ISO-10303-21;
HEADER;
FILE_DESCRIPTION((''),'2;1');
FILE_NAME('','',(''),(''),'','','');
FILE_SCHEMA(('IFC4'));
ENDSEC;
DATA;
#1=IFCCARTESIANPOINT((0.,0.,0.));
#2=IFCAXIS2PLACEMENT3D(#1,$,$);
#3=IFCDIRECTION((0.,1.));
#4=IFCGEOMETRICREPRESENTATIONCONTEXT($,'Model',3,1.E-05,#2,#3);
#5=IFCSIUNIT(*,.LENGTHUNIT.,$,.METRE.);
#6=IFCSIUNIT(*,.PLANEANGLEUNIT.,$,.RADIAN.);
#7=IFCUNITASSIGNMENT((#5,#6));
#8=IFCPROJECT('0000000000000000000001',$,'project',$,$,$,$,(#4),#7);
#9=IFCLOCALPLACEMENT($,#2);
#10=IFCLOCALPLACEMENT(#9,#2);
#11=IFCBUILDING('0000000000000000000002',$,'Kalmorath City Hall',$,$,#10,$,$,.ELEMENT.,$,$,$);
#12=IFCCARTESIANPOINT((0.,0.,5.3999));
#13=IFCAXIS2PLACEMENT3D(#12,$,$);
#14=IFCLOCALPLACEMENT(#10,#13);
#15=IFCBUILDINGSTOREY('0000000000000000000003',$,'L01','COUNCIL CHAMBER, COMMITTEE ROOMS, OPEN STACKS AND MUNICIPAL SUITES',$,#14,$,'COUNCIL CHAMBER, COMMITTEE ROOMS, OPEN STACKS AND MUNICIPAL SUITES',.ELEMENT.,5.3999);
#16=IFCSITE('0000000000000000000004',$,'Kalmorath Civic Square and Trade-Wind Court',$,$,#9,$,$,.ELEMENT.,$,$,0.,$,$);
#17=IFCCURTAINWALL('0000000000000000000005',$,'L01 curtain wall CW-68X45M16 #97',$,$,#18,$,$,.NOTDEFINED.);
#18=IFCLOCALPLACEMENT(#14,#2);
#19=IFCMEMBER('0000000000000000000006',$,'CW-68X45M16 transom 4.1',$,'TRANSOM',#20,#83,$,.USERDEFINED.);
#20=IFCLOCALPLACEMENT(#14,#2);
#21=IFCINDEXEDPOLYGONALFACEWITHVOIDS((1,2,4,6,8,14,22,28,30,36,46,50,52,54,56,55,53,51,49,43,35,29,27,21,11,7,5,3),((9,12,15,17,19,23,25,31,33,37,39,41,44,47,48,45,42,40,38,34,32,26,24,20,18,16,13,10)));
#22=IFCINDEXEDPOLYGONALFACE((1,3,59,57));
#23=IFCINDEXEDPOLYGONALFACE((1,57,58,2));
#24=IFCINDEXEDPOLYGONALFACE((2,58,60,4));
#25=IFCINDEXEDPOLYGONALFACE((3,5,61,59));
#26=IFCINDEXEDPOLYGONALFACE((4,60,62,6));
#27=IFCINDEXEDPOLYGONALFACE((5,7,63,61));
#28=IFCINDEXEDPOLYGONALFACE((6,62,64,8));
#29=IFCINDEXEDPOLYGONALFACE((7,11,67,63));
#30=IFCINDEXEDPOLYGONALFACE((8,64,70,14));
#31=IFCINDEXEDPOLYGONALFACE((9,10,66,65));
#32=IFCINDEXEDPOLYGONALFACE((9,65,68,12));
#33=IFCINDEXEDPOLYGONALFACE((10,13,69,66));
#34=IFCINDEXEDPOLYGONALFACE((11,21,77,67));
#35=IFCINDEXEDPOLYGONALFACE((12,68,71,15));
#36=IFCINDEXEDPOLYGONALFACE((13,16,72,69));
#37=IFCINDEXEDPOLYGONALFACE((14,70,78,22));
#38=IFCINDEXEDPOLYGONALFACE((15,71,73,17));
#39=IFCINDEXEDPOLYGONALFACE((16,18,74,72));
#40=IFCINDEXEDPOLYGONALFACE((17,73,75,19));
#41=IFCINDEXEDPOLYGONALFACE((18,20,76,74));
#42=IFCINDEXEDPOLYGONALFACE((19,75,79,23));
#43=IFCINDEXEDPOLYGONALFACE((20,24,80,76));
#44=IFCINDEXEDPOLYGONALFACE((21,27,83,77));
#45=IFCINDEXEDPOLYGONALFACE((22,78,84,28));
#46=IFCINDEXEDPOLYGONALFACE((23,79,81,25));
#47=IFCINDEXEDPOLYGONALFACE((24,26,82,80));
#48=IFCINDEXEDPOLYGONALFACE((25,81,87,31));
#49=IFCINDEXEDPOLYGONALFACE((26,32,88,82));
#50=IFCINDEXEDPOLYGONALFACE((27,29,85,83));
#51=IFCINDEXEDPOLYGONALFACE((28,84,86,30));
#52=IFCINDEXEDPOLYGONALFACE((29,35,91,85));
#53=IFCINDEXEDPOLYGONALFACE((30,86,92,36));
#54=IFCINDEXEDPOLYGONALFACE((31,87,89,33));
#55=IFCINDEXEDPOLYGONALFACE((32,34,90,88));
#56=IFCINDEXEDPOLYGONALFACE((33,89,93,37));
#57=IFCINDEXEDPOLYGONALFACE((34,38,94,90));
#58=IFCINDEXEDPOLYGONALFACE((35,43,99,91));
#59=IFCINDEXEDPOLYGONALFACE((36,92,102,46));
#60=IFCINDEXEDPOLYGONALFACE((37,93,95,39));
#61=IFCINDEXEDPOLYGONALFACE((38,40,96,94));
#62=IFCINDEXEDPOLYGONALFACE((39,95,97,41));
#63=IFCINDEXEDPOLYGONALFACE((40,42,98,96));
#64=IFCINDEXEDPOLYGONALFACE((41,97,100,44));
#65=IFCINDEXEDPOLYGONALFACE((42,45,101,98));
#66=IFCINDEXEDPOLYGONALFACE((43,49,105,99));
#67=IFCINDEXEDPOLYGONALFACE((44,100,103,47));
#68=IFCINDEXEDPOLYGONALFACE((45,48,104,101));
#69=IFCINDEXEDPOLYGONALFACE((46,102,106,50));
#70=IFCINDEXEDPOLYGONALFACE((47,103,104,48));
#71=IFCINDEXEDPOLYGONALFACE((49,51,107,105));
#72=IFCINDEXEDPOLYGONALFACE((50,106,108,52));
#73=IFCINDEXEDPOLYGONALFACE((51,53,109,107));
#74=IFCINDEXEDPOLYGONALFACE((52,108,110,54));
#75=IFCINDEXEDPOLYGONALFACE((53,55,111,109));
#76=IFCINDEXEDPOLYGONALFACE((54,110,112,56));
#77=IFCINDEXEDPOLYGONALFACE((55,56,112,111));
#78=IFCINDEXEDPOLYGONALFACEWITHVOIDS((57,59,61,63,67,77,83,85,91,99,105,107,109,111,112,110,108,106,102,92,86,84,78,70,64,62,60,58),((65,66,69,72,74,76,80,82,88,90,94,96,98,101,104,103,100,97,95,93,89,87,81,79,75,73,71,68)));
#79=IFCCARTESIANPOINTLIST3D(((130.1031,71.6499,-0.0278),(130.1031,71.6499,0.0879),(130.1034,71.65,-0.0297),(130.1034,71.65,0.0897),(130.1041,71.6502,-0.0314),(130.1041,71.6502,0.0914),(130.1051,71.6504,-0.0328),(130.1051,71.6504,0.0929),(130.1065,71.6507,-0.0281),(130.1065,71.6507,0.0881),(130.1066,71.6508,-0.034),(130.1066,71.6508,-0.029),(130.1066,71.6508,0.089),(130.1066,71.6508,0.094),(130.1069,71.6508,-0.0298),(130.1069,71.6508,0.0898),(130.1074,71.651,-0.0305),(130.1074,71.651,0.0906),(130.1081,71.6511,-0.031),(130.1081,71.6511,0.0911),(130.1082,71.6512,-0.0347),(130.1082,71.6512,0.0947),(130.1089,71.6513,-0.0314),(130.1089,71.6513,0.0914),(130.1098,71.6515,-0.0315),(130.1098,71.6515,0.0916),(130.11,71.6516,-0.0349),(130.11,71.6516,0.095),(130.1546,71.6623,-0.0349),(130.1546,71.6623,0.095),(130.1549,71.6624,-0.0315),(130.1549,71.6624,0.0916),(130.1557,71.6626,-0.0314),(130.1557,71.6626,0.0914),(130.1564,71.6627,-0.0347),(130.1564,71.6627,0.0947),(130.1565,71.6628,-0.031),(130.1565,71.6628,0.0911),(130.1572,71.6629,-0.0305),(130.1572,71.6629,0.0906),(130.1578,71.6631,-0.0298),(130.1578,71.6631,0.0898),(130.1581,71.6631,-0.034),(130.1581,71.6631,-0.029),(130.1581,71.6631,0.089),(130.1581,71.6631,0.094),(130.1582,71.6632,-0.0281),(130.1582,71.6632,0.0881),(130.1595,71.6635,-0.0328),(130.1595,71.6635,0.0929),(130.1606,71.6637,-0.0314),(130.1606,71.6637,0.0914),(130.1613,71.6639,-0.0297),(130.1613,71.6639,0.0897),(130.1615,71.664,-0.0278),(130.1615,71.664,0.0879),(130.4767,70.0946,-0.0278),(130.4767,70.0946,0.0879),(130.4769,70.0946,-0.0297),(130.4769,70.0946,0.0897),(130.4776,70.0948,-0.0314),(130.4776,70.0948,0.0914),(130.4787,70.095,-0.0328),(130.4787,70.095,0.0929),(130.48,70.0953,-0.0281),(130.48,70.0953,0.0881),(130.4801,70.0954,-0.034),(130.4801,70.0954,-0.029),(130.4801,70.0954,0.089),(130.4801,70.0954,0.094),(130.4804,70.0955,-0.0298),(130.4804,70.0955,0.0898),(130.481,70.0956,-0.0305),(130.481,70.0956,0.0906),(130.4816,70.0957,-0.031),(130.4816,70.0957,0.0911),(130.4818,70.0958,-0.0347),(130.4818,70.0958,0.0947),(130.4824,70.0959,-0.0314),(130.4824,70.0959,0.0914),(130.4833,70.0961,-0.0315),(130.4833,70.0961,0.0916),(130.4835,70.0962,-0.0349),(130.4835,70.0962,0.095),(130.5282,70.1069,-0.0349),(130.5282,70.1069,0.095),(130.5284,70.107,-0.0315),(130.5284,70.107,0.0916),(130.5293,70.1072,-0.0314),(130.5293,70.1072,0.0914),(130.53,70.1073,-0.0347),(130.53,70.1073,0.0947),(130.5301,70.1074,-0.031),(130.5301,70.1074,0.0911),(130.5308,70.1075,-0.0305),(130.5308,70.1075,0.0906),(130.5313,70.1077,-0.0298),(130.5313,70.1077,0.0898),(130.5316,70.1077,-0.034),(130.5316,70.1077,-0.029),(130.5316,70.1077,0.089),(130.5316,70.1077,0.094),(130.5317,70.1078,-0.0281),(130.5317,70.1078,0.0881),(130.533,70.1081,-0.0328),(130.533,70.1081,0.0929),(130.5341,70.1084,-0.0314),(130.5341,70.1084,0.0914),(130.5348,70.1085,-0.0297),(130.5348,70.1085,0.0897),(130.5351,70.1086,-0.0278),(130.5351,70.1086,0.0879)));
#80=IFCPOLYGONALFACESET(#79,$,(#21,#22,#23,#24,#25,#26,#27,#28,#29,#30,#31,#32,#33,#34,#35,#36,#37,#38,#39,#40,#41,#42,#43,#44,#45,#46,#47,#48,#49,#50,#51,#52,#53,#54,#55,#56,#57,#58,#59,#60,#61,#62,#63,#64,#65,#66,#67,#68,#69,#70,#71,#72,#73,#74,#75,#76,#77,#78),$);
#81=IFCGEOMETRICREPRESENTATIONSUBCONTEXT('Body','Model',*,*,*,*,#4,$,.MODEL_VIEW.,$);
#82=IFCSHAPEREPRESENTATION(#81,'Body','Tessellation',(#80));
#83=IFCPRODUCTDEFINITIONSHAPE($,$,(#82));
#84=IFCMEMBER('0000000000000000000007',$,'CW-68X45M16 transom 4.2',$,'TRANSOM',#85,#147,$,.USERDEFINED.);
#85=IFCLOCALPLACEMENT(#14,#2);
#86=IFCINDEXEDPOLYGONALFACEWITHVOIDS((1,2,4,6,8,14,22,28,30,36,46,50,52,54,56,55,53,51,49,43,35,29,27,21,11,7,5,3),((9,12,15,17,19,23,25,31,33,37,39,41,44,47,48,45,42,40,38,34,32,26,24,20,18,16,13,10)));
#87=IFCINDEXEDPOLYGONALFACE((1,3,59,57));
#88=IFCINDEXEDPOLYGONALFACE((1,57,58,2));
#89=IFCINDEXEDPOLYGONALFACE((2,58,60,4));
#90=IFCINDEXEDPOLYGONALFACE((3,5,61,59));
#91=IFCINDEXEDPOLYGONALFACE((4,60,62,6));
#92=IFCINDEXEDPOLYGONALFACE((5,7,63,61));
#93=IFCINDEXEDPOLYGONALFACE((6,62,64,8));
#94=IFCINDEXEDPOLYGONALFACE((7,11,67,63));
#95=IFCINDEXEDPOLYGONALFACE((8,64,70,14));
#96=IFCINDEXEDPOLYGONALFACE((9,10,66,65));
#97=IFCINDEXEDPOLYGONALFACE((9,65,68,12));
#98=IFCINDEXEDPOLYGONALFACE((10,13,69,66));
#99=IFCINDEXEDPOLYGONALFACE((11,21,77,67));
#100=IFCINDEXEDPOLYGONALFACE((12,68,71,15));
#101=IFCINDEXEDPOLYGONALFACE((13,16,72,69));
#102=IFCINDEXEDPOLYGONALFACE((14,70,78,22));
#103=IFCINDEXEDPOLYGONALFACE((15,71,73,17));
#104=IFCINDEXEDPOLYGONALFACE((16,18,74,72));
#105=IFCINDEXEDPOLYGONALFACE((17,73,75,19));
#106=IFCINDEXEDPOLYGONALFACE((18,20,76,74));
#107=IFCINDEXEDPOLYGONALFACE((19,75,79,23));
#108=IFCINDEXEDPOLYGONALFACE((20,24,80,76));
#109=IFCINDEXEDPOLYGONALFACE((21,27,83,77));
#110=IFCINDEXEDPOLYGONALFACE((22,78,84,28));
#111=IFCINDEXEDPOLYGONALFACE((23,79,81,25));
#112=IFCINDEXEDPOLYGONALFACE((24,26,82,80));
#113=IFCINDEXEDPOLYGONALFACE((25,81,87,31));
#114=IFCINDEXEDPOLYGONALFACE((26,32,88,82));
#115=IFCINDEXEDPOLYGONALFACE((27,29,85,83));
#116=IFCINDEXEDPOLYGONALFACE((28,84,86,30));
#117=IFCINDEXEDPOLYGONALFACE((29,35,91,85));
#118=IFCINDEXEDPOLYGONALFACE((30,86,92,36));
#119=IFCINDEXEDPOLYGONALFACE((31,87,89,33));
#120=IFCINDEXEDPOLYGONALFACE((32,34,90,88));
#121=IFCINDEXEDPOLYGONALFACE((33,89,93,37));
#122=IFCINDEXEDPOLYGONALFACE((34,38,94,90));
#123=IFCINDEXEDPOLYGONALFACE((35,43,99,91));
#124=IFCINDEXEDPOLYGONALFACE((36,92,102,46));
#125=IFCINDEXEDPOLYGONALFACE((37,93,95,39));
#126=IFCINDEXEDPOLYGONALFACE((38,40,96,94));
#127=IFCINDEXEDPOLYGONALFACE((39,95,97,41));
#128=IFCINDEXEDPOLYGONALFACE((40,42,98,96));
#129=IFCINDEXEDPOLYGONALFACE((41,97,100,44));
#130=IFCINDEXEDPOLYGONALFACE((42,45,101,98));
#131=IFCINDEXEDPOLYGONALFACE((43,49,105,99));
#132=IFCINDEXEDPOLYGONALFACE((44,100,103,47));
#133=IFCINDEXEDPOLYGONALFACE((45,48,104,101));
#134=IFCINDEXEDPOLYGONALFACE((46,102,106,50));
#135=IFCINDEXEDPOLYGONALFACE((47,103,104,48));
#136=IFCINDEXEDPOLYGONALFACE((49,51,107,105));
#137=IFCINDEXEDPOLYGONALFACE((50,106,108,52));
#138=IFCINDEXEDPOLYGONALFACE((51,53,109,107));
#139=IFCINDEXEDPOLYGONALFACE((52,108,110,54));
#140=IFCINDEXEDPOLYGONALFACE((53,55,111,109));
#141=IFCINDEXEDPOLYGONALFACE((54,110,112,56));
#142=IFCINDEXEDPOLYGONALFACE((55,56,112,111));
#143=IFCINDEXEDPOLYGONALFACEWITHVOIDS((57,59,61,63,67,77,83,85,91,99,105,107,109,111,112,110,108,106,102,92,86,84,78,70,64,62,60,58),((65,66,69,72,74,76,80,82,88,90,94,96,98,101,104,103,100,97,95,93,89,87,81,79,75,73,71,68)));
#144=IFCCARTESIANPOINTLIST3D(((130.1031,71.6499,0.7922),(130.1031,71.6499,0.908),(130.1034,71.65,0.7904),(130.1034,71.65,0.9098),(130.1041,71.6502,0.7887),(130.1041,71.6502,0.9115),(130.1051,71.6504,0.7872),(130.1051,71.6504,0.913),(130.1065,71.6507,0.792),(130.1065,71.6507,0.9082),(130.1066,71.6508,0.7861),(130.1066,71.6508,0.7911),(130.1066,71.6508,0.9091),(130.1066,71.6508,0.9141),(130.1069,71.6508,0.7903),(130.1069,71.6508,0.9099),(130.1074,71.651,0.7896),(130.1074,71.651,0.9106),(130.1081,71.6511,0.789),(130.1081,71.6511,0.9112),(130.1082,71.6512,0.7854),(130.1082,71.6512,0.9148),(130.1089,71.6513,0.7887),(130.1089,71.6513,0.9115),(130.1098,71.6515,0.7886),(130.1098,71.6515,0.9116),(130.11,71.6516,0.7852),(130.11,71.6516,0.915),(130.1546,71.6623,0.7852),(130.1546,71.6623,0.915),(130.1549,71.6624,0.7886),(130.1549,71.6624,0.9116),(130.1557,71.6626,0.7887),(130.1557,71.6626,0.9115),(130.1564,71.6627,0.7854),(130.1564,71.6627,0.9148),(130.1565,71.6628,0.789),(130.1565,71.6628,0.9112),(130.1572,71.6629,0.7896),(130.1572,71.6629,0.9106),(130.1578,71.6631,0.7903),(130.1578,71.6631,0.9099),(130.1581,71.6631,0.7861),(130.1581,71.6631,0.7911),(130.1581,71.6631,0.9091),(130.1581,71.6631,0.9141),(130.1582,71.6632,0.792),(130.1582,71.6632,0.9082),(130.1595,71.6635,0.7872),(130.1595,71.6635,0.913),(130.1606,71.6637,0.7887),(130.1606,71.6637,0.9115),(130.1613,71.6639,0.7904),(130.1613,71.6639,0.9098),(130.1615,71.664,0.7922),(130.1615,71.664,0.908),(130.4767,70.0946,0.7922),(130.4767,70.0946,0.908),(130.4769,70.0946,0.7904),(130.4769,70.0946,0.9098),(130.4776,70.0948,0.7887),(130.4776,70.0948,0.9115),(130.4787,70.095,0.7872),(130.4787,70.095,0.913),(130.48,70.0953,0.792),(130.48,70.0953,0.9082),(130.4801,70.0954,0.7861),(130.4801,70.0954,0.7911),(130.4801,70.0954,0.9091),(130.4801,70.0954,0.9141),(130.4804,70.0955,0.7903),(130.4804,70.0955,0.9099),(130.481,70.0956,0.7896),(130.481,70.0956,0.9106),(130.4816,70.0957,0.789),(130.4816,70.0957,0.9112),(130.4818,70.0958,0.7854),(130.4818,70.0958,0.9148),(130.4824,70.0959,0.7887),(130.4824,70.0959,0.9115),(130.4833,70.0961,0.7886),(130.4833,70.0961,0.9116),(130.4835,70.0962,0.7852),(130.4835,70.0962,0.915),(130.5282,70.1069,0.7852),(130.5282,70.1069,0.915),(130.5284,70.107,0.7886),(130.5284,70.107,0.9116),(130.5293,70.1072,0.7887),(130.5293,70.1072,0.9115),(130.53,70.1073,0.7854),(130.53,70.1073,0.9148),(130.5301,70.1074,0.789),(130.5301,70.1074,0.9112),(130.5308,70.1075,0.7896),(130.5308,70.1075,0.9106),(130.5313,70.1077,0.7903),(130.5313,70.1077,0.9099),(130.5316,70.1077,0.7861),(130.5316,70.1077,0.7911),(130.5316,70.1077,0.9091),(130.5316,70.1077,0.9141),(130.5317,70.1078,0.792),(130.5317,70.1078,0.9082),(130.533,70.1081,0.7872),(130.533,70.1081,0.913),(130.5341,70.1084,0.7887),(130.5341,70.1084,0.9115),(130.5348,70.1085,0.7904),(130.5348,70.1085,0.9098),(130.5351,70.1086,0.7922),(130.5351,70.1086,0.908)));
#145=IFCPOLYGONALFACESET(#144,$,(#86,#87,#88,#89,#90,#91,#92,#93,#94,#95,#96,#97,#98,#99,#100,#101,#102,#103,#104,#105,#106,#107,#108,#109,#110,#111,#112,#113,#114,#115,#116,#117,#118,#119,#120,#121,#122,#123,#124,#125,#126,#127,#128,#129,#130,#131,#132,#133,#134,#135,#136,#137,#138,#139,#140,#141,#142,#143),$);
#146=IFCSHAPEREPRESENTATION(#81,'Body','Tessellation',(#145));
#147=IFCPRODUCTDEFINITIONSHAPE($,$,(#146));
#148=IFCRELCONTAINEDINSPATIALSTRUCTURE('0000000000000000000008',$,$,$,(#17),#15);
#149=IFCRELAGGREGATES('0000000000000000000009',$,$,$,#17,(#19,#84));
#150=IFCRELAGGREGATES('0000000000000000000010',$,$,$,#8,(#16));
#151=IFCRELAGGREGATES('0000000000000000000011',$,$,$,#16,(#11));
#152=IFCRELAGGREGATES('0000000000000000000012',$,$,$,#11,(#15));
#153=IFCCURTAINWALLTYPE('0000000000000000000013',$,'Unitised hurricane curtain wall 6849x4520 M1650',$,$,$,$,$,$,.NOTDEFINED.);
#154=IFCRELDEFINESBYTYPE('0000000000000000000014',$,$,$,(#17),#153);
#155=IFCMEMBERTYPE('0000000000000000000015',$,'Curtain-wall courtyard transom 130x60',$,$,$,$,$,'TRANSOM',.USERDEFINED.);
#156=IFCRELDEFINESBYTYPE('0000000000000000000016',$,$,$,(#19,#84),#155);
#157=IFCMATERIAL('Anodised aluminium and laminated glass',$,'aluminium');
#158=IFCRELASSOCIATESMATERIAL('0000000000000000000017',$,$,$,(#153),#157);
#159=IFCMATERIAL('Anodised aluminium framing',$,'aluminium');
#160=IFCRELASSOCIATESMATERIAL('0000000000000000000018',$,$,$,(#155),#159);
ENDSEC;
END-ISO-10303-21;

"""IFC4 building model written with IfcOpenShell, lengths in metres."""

from ifc_helpers import new_model, si_unit, direction, frame, origin, origin_2d, place, context, subcontext, project, spatial, hollow_rectangle, extrude, material, material_profile, profile_set, type_object, element, aggregate, save


model = new_model("IFC4")

# Units and contexts
model_context = context("Model", 3, precision=1e-05, world=origin(), true_north=direction((0.0, 1.0)))
body_context = subcontext(model_context, "Body", "Model", "MODEL_VIEW")
ifc_project = project(units=[si_unit("LENGTHUNIT", "METRE"), si_unit("PLANEANGLEUNIT", "RADIAN")], contexts=[model_context])

# Site, building, storey
site_placement = place(None, origin())
site = spatial("IfcSite", under=ifc_project, at=site_placement, Name="Kalmorath Civic Square and Trade-Wind Court", CompositionType="ELEMENT", RefElevation=0.0)
building_placement = place(site_placement, origin())
building = spatial("IfcBuilding", under=site, at=building_placement, Name="Kalmorath City Hall", CompositionType="ELEMENT")
storey_placement = place(building_placement, frame((0.0, 0.0, 5.3999)))
storey = spatial("IfcBuildingStorey", under=building, at=storey_placement, Name="L01", Description="COUNCIL CHAMBER, COMMITTEE ROOMS, OPEN STACKS AND MUNICIPAL SUITES", LongName="COUNCIL CHAMBER, COMMITTEE ROOMS, OPEN STACKS AND MUNICIPAL SUITES", CompositionType="ELEMENT", Elevation=5.3999)

# Curtain wall, members
ifc_material_1 = material(Name="Anodised aluminium and laminated glass", Category="aluminium")
curtain_wall_type = type_object("IfcCurtainWallType", Name="Unitised hurricane curtain wall 6849x4520 M1650", PredefinedType="NOTDEFINED", material=ifc_material_1)
curtain_wall_1_placement = place(storey_placement, origin())
curtain_wall_1 = element("IfcCurtainWall", 1, at=curtain_wall_1_placement, inside=storey, type_object=curtain_wall_type, Name="L01 curtain wall CW-68X45M16 #97", PredefinedType="NOTDEFINED")
ifc_material_2 = material(Name="Anodised aluminium framing", Category="aluminium")
ifc_material_profile_1 = material_profile(ifc_material_2, hollow_rectangle(XDim=0.0601, YDim=0.1299, WallThickness=0.0034, InnerFilletRadius=0.0034, OuterFilletRadius=0.0071, at=origin_2d()), Name="ALU-TRN-130X60X3.5")
ifc_profile_set_1 = profile_set([ifc_material_profile_1], Name="Anodised aluminium framing")
member_type_1 = type_object("IfcMemberType", Name="Curtain-wall courtyard transom 130x60", ElementType="TRANSOM", PredefinedType="USERDEFINED", material=ifc_profile_set_1)
member_1_placement = place(storey_placement, frame((130.5059, 70.1016, 0.03), z_axis=(-0.233511, 0.972354, 0.0), x_axis=(-0.972354, -0.233511, 0.0)))
member_1 = element("IfcMember", 2, at=member_1_placement, type_object=member_type_1, Name="CW-68X45M16 transom 4.1", ObjectType="TRANSOM", PredefinedType="USERDEFINED", context=body_context, shape_type="SweptSolid", body=[
    extrude(hollow_rectangle(XDim=0.0601, YDim=0.1299, WallThickness=0.0034, InnerFilletRadius=0.0034, OuterFilletRadius=0.0071, at=origin_2d()), origin(), (0.0, 0.0, 1.0), 1.5996),
])
member_2_placement = place(storey_placement, frame((130.5059, 70.1016, 0.8501), z_axis=(-0.233511, 0.972354, 0.0), x_axis=(-0.972354, -0.233511, 0.0)))
member_2 = element("IfcMember", 3, at=member_2_placement, type_object=member_type_1, Name="CW-68X45M16 transom 4.2", ObjectType="TRANSOM", PredefinedType="USERDEFINED", context=body_context, shape_type="SweptSolid", body=[
    extrude(hollow_rectangle(XDim=0.0601, YDim=0.1299, WallThickness=0.0034, InnerFilletRadius=0.0034, OuterFilletRadius=0.0071, at=origin_2d()), origin(), (0.0, 0.0, 1.0), 1.5996),
])

aggregate(curtain_wall_1, [member_1, member_2])

save(model, "model.ifc")
